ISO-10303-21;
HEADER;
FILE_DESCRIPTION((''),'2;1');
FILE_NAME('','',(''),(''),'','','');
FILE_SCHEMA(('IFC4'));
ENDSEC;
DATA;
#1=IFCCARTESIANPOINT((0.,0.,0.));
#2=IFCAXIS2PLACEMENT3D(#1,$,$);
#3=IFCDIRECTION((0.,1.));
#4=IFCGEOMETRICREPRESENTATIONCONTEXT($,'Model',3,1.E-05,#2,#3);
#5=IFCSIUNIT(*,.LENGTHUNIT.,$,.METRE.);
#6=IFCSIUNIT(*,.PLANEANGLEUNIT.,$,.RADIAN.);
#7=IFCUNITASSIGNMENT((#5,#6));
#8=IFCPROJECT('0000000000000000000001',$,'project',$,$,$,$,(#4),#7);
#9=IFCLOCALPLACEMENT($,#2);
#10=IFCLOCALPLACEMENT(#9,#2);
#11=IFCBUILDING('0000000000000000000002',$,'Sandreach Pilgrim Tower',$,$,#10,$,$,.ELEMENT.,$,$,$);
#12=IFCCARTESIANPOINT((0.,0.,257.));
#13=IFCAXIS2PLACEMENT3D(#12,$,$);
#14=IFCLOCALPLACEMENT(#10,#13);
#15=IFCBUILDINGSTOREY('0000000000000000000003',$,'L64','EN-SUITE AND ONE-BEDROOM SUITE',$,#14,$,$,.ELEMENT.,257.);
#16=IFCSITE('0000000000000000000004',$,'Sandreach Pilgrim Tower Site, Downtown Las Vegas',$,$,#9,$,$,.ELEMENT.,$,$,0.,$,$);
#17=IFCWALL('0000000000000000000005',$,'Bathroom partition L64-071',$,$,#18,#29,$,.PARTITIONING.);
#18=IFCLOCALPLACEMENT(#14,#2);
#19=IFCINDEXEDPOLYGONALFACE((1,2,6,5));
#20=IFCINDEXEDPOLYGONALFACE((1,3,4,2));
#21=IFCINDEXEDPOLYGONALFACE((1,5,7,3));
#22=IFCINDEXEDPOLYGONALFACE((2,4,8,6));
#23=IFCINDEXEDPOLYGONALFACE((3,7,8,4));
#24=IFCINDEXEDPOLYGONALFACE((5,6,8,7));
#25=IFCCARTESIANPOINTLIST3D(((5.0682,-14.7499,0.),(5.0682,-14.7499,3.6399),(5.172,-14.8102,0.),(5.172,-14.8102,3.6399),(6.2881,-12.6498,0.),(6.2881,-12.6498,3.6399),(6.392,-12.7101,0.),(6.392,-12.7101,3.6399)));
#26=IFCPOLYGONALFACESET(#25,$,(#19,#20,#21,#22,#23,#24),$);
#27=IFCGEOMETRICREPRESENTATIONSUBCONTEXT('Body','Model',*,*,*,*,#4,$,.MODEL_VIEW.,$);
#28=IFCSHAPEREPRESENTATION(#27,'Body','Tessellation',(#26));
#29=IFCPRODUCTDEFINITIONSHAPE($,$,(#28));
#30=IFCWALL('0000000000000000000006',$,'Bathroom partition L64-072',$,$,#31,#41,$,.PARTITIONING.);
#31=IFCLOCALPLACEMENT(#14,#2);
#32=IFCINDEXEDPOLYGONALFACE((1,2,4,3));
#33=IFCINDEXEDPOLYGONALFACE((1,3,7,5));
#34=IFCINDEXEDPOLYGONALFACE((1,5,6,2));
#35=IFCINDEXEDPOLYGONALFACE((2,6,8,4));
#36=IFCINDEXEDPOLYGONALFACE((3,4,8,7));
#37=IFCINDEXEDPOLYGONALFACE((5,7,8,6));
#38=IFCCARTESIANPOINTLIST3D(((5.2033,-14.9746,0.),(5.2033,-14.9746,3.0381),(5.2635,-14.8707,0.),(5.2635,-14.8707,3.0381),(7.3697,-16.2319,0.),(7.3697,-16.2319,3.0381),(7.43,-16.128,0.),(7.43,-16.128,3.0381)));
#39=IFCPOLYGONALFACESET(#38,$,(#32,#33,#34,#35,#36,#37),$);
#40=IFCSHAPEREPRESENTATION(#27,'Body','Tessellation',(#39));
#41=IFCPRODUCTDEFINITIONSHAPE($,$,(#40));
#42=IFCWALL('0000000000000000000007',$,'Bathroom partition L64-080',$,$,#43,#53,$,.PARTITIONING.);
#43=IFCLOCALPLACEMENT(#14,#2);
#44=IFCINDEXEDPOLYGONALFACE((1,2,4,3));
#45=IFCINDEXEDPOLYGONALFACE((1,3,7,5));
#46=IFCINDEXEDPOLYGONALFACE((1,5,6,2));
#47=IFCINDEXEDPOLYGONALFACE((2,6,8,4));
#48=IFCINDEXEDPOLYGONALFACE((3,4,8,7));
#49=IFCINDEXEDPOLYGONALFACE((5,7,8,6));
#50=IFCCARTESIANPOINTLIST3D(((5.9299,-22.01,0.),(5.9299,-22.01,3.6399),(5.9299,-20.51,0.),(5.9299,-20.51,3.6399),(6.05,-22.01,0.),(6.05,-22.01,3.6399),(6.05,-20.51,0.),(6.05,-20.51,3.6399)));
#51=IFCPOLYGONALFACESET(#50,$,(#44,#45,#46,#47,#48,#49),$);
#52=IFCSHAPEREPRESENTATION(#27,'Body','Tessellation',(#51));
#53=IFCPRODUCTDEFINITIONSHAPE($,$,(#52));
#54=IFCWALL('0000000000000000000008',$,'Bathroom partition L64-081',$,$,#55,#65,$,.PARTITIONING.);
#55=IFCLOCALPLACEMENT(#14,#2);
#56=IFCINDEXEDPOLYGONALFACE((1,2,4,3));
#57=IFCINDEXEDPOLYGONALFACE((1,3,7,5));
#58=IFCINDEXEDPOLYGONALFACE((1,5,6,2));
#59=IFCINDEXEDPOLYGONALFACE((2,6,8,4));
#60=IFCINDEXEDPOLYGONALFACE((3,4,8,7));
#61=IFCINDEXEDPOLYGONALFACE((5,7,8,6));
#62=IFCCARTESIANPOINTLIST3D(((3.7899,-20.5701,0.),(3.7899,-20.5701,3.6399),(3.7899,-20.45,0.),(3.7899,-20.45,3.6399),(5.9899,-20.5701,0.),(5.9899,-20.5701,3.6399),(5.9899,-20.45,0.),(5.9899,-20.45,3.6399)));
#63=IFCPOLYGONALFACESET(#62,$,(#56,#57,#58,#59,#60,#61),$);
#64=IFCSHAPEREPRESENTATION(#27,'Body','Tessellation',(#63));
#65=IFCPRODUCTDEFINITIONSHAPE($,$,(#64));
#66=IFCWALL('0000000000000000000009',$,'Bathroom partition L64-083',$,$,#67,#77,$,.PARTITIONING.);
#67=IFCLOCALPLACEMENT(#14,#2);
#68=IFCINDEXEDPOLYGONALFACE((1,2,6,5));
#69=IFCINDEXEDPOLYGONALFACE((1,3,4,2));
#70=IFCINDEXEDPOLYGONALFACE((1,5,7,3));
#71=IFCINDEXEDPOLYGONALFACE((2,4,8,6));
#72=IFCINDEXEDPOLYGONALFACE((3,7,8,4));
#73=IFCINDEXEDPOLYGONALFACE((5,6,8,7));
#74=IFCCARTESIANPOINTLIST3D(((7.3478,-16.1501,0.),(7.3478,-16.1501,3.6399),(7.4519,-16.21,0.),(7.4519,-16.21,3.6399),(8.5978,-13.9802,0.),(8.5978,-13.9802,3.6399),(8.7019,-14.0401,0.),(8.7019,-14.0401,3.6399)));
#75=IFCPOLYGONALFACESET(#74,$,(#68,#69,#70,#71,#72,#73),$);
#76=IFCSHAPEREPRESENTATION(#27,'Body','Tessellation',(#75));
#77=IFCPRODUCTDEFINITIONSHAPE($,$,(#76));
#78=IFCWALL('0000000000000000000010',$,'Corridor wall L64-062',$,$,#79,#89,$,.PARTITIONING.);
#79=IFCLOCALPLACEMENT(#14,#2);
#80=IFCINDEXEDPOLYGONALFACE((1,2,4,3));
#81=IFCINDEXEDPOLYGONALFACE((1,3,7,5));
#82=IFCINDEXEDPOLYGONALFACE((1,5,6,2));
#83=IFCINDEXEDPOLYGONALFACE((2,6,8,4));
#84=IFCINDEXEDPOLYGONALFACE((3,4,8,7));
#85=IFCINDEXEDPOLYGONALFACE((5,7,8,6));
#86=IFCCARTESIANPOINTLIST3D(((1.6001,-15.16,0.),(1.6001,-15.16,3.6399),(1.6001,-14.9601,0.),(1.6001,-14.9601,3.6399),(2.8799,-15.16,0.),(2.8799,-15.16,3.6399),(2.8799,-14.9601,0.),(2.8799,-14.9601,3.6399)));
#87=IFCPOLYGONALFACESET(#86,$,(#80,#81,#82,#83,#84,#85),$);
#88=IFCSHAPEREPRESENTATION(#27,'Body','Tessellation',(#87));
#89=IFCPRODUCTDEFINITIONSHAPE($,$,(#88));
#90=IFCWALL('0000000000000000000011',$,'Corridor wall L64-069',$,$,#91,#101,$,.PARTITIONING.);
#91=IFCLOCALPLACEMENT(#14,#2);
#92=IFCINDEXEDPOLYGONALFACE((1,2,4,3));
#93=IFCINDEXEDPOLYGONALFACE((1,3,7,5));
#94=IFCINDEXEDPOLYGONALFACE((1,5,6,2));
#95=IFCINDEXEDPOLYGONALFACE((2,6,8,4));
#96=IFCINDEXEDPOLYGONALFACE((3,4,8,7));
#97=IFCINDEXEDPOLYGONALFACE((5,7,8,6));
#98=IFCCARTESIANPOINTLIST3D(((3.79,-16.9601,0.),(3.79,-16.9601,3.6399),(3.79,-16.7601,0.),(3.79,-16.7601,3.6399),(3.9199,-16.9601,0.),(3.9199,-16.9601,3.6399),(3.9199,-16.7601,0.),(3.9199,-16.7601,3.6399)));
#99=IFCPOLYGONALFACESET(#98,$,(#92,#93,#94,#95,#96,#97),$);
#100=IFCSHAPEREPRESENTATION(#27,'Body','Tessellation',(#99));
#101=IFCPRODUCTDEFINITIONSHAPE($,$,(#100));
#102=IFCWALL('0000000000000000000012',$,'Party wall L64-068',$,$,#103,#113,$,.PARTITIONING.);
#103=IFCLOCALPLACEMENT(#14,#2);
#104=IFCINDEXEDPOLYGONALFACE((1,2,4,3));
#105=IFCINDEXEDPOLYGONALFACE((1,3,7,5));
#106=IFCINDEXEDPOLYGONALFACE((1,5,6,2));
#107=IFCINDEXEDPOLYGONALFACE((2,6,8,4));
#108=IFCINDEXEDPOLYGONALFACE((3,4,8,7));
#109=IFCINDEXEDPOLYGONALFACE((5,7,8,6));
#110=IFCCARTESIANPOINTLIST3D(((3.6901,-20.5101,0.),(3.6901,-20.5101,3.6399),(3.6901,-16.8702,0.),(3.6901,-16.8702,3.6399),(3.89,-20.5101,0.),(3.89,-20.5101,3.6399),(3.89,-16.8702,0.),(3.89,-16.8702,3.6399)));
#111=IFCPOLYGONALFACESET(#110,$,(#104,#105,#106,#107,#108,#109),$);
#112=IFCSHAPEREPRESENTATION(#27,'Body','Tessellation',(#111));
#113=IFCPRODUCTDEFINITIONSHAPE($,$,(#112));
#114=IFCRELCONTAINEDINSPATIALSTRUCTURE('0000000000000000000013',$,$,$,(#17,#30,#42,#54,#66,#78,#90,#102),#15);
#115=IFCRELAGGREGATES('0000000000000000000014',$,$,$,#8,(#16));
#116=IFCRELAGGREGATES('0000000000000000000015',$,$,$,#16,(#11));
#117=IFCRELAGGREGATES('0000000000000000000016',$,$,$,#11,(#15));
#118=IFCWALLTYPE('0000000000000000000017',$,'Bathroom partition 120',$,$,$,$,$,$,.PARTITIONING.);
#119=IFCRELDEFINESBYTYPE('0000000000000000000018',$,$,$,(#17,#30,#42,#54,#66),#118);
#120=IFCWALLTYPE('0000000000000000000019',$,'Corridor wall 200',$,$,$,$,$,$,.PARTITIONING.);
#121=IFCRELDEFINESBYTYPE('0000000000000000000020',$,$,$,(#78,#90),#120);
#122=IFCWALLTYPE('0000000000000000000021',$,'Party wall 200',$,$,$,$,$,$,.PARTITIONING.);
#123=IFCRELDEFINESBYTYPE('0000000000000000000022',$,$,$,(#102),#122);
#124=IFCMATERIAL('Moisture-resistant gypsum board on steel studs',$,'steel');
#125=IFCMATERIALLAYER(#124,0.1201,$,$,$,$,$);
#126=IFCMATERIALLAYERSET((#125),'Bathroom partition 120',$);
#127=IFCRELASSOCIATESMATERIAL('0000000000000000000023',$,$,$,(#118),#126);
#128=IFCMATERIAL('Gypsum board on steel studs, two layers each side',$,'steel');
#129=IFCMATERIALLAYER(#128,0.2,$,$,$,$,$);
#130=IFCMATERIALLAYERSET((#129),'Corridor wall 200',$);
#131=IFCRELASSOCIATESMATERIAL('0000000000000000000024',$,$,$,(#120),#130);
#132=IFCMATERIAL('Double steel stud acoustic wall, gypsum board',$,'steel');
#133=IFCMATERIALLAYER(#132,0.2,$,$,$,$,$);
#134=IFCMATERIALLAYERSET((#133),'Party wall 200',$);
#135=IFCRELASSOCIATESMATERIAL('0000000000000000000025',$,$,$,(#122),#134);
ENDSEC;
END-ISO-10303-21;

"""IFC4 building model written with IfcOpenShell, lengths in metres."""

from ifc_helpers import new_model, si_unit, direction, frame, frame_2d, origin, place, context, subcontext, project, spatial, rectangle, extrude, material, layer, layer_set, type_object, element, save


model = new_model("IFC4")

# Units and contexts
model_context = context("Model", 3, precision=1e-05, world=origin(), true_north=direction((0.0, 1.0)))
body_context = subcontext(model_context, "Body", "Model", "MODEL_VIEW")
ifc_project = project(units=[si_unit("LENGTHUNIT", "METRE"), si_unit("PLANEANGLEUNIT", "RADIAN")], contexts=[model_context])

# Site, building, storey
site_placement = place(None, origin())
site = spatial("IfcSite", under=ifc_project, at=site_placement, Name="Sandreach Pilgrim Tower Site, Downtown Las Vegas", CompositionType="ELEMENT", RefElevation=0.0)
building_placement = place(site_placement, origin())
building = spatial("IfcBuilding", under=site, at=building_placement, Name="Sandreach Pilgrim Tower", CompositionType="ELEMENT")
storey_placement = place(building_placement, frame((0.0, 0.0, 257.0)))
storey = spatial("IfcBuildingStorey", under=building, at=storey_placement, Name="L64", Description="EN-SUITE AND ONE-BEDROOM SUITE", CompositionType="ELEMENT", Elevation=257.0)

# Shared definitions
ifc_material_1 = material(Name="Moisture-resistant gypsum board on steel studs", Category="steel")
ifc_layer_1 = layer(ifc_material_1, 0.1201)
ifc_layer_set_1 = layer_set([ifc_layer_1], Name="Bathroom partition 120")
wall_type_1 = type_object("IfcWallType", Name="Bathroom partition 120", PredefinedType="PARTITIONING", material=ifc_layer_set_1)

# Walls
wall_1_placement = place(storey_placement, frame((5.1201, -14.78, 0.0), z_axis=(0.0, 0.0, 1.0), x_axis=(0.502308, 0.864689, 0.0)))
element("IfcWall", 1, at=wall_1_placement, inside=storey, type_object=wall_type_1, Name="Bathroom partition L64-071", PredefinedType="PARTITIONING", context=body_context, shape_type="SweptSolid", body=[
    extrude(rectangle(XDim=2.4287, YDim=0.1201, at=frame_2d((1.2144, 0.0))), origin(), (0.0, 0.0, 1.0), 3.6399),
])
wall_2_placement = place(storey_placement, frame((5.2334, -14.9226, 0.0), z_axis=(0.0, 0.0, 1.0), x_axis=(0.864901, -0.501943, 0.0)))
element("IfcWall", 2, at=wall_2_placement, inside=storey, type_object=wall_type_1, Name="Bathroom partition L64-072", PredefinedType="PARTITIONING", context=body_context, shape_type="SweptSolid", body=[
    extrude(rectangle(XDim=2.5049, YDim=0.1201, at=frame_2d((1.2524, 0.0))), origin(), (0.0, 0.0, 1.0), 3.0381),
])
wall_3_placement = place(storey_placement, frame((5.99, -22.01, 0.0), z_axis=(0.0, 0.0, 1.0), x_axis=(0.0, 1.0, 0.0)))
element("IfcWall", 3, at=wall_3_placement, inside=storey, type_object=wall_type_1, Name="Bathroom partition L64-080", PredefinedType="PARTITIONING", context=body_context, shape_type="SweptSolid", body=[
    extrude(rectangle(XDim=1.5, YDim=0.1201, at=frame_2d((0.75, 0.0))), origin(), (0.0, 0.0, 1.0), 3.6399),
])
wall_4_placement = place(storey_placement, frame((5.99, -20.51, 0.0), z_axis=(0.0, 0.0, 1.0), x_axis=(-1.0, 0.0, 0.0)))
element("IfcWall", 4, at=wall_4_placement, inside=storey, type_object=wall_type_1, Name="Bathroom partition L64-081", PredefinedType="PARTITIONING", context=body_context, shape_type="SweptSolid", body=[
    extrude(rectangle(XDim=2.2, YDim=0.1201, at=frame_2d((1.1001, 0.0))), origin(), (0.0, 0.0, 1.0), 3.6399),
])
wall_5_placement = place(storey_placement, frame((7.3999, -16.1799, 0.0), z_axis=(0.0, 0.0, 1.0), x_axis=(0.49916, 0.86651, 0.0)))
element("IfcWall", 5, at=wall_5_placement, inside=storey, type_object=wall_type_1, Name="Bathroom partition L64-083", PredefinedType="PARTITIONING", context=body_context, shape_type="SweptSolid", body=[
    extrude(rectangle(XDim=2.5042, YDim=0.1201, at=frame_2d((1.252, 0.0))), origin(), (0.0, 0.0, 1.0), 3.6399),
])

# Shared definitions
ifc_material_2 = material(Name="Gypsum board on steel studs, two layers each side", Category="steel")
ifc_layer_2 = layer(ifc_material_2, 0.2)
ifc_layer_set_2 = layer_set([ifc_layer_2], Name="Corridor wall 200")
wall_type_2 = type_object("IfcWallType", Name="Corridor wall 200", PredefinedType="PARTITIONING", material=ifc_layer_set_2)

# Walls
wall_6_placement = place(storey_placement, frame((2.8799, -15.0601, 0.0), z_axis=(0.0, 0.0, 1.0), x_axis=(-1.0, 0.0, 0.0)))
element("IfcWall", 6, at=wall_6_placement, inside=storey, type_object=wall_type_2, Name="Corridor wall L64-062", PredefinedType="PARTITIONING", context=body_context, shape_type="SweptSolid", body=[
    extrude(rectangle(XDim=1.2798, YDim=0.2, at=frame_2d((0.6399, 0.0))), origin(), (0.0, 0.0, 1.0), 3.6399),
])
wall_7_placement = place(storey_placement, frame((3.79, -16.8601, 0.0), z_axis=(0.0, 0.0, 1.0), x_axis=(1.0, 0.0, 0.0)))
element("IfcWall", 7, at=wall_7_placement, inside=storey, type_object=wall_type_2, Name="Corridor wall L64-069", PredefinedType="PARTITIONING", context=body_context, shape_type="SweptSolid", body=[
    extrude(rectangle(XDim=0.1299, YDim=0.2, at=frame_2d((0.0649, 0.0))), origin(), (0.0, 0.0, 1.0), 3.6399),
])

# Wall
ifc_material_3 = material(Name="Double steel stud acoustic wall, gypsum board", Category="steel")
ifc_layer_3 = layer(ifc_material_3, 0.2)
ifc_layer_set_3 = layer_set([ifc_layer_3], Name="Party wall 200")
wall_type_3 = type_object("IfcWallType", Name="Party wall 200", PredefinedType="PARTITIONING", material=ifc_layer_set_3)
wall_8_placement = place(storey_placement, frame((3.79, -20.51, 0.0), z_axis=(0.0, 0.0, 1.0), x_axis=(0.0, 1.0, 0.0)))
element("IfcWall", 8, at=wall_8_placement, inside=storey, type_object=wall_type_3, Name="Party wall L64-068", PredefinedType="PARTITIONING", context=body_context, shape_type="SweptSolid", body=[
    extrude(rectangle(XDim=3.6399, YDim=0.2, at=frame_2d((1.8198, 0.0))), origin(), (0.0, 0.0, 1.0), 3.6399),
])

save(model, "model.ifc")
